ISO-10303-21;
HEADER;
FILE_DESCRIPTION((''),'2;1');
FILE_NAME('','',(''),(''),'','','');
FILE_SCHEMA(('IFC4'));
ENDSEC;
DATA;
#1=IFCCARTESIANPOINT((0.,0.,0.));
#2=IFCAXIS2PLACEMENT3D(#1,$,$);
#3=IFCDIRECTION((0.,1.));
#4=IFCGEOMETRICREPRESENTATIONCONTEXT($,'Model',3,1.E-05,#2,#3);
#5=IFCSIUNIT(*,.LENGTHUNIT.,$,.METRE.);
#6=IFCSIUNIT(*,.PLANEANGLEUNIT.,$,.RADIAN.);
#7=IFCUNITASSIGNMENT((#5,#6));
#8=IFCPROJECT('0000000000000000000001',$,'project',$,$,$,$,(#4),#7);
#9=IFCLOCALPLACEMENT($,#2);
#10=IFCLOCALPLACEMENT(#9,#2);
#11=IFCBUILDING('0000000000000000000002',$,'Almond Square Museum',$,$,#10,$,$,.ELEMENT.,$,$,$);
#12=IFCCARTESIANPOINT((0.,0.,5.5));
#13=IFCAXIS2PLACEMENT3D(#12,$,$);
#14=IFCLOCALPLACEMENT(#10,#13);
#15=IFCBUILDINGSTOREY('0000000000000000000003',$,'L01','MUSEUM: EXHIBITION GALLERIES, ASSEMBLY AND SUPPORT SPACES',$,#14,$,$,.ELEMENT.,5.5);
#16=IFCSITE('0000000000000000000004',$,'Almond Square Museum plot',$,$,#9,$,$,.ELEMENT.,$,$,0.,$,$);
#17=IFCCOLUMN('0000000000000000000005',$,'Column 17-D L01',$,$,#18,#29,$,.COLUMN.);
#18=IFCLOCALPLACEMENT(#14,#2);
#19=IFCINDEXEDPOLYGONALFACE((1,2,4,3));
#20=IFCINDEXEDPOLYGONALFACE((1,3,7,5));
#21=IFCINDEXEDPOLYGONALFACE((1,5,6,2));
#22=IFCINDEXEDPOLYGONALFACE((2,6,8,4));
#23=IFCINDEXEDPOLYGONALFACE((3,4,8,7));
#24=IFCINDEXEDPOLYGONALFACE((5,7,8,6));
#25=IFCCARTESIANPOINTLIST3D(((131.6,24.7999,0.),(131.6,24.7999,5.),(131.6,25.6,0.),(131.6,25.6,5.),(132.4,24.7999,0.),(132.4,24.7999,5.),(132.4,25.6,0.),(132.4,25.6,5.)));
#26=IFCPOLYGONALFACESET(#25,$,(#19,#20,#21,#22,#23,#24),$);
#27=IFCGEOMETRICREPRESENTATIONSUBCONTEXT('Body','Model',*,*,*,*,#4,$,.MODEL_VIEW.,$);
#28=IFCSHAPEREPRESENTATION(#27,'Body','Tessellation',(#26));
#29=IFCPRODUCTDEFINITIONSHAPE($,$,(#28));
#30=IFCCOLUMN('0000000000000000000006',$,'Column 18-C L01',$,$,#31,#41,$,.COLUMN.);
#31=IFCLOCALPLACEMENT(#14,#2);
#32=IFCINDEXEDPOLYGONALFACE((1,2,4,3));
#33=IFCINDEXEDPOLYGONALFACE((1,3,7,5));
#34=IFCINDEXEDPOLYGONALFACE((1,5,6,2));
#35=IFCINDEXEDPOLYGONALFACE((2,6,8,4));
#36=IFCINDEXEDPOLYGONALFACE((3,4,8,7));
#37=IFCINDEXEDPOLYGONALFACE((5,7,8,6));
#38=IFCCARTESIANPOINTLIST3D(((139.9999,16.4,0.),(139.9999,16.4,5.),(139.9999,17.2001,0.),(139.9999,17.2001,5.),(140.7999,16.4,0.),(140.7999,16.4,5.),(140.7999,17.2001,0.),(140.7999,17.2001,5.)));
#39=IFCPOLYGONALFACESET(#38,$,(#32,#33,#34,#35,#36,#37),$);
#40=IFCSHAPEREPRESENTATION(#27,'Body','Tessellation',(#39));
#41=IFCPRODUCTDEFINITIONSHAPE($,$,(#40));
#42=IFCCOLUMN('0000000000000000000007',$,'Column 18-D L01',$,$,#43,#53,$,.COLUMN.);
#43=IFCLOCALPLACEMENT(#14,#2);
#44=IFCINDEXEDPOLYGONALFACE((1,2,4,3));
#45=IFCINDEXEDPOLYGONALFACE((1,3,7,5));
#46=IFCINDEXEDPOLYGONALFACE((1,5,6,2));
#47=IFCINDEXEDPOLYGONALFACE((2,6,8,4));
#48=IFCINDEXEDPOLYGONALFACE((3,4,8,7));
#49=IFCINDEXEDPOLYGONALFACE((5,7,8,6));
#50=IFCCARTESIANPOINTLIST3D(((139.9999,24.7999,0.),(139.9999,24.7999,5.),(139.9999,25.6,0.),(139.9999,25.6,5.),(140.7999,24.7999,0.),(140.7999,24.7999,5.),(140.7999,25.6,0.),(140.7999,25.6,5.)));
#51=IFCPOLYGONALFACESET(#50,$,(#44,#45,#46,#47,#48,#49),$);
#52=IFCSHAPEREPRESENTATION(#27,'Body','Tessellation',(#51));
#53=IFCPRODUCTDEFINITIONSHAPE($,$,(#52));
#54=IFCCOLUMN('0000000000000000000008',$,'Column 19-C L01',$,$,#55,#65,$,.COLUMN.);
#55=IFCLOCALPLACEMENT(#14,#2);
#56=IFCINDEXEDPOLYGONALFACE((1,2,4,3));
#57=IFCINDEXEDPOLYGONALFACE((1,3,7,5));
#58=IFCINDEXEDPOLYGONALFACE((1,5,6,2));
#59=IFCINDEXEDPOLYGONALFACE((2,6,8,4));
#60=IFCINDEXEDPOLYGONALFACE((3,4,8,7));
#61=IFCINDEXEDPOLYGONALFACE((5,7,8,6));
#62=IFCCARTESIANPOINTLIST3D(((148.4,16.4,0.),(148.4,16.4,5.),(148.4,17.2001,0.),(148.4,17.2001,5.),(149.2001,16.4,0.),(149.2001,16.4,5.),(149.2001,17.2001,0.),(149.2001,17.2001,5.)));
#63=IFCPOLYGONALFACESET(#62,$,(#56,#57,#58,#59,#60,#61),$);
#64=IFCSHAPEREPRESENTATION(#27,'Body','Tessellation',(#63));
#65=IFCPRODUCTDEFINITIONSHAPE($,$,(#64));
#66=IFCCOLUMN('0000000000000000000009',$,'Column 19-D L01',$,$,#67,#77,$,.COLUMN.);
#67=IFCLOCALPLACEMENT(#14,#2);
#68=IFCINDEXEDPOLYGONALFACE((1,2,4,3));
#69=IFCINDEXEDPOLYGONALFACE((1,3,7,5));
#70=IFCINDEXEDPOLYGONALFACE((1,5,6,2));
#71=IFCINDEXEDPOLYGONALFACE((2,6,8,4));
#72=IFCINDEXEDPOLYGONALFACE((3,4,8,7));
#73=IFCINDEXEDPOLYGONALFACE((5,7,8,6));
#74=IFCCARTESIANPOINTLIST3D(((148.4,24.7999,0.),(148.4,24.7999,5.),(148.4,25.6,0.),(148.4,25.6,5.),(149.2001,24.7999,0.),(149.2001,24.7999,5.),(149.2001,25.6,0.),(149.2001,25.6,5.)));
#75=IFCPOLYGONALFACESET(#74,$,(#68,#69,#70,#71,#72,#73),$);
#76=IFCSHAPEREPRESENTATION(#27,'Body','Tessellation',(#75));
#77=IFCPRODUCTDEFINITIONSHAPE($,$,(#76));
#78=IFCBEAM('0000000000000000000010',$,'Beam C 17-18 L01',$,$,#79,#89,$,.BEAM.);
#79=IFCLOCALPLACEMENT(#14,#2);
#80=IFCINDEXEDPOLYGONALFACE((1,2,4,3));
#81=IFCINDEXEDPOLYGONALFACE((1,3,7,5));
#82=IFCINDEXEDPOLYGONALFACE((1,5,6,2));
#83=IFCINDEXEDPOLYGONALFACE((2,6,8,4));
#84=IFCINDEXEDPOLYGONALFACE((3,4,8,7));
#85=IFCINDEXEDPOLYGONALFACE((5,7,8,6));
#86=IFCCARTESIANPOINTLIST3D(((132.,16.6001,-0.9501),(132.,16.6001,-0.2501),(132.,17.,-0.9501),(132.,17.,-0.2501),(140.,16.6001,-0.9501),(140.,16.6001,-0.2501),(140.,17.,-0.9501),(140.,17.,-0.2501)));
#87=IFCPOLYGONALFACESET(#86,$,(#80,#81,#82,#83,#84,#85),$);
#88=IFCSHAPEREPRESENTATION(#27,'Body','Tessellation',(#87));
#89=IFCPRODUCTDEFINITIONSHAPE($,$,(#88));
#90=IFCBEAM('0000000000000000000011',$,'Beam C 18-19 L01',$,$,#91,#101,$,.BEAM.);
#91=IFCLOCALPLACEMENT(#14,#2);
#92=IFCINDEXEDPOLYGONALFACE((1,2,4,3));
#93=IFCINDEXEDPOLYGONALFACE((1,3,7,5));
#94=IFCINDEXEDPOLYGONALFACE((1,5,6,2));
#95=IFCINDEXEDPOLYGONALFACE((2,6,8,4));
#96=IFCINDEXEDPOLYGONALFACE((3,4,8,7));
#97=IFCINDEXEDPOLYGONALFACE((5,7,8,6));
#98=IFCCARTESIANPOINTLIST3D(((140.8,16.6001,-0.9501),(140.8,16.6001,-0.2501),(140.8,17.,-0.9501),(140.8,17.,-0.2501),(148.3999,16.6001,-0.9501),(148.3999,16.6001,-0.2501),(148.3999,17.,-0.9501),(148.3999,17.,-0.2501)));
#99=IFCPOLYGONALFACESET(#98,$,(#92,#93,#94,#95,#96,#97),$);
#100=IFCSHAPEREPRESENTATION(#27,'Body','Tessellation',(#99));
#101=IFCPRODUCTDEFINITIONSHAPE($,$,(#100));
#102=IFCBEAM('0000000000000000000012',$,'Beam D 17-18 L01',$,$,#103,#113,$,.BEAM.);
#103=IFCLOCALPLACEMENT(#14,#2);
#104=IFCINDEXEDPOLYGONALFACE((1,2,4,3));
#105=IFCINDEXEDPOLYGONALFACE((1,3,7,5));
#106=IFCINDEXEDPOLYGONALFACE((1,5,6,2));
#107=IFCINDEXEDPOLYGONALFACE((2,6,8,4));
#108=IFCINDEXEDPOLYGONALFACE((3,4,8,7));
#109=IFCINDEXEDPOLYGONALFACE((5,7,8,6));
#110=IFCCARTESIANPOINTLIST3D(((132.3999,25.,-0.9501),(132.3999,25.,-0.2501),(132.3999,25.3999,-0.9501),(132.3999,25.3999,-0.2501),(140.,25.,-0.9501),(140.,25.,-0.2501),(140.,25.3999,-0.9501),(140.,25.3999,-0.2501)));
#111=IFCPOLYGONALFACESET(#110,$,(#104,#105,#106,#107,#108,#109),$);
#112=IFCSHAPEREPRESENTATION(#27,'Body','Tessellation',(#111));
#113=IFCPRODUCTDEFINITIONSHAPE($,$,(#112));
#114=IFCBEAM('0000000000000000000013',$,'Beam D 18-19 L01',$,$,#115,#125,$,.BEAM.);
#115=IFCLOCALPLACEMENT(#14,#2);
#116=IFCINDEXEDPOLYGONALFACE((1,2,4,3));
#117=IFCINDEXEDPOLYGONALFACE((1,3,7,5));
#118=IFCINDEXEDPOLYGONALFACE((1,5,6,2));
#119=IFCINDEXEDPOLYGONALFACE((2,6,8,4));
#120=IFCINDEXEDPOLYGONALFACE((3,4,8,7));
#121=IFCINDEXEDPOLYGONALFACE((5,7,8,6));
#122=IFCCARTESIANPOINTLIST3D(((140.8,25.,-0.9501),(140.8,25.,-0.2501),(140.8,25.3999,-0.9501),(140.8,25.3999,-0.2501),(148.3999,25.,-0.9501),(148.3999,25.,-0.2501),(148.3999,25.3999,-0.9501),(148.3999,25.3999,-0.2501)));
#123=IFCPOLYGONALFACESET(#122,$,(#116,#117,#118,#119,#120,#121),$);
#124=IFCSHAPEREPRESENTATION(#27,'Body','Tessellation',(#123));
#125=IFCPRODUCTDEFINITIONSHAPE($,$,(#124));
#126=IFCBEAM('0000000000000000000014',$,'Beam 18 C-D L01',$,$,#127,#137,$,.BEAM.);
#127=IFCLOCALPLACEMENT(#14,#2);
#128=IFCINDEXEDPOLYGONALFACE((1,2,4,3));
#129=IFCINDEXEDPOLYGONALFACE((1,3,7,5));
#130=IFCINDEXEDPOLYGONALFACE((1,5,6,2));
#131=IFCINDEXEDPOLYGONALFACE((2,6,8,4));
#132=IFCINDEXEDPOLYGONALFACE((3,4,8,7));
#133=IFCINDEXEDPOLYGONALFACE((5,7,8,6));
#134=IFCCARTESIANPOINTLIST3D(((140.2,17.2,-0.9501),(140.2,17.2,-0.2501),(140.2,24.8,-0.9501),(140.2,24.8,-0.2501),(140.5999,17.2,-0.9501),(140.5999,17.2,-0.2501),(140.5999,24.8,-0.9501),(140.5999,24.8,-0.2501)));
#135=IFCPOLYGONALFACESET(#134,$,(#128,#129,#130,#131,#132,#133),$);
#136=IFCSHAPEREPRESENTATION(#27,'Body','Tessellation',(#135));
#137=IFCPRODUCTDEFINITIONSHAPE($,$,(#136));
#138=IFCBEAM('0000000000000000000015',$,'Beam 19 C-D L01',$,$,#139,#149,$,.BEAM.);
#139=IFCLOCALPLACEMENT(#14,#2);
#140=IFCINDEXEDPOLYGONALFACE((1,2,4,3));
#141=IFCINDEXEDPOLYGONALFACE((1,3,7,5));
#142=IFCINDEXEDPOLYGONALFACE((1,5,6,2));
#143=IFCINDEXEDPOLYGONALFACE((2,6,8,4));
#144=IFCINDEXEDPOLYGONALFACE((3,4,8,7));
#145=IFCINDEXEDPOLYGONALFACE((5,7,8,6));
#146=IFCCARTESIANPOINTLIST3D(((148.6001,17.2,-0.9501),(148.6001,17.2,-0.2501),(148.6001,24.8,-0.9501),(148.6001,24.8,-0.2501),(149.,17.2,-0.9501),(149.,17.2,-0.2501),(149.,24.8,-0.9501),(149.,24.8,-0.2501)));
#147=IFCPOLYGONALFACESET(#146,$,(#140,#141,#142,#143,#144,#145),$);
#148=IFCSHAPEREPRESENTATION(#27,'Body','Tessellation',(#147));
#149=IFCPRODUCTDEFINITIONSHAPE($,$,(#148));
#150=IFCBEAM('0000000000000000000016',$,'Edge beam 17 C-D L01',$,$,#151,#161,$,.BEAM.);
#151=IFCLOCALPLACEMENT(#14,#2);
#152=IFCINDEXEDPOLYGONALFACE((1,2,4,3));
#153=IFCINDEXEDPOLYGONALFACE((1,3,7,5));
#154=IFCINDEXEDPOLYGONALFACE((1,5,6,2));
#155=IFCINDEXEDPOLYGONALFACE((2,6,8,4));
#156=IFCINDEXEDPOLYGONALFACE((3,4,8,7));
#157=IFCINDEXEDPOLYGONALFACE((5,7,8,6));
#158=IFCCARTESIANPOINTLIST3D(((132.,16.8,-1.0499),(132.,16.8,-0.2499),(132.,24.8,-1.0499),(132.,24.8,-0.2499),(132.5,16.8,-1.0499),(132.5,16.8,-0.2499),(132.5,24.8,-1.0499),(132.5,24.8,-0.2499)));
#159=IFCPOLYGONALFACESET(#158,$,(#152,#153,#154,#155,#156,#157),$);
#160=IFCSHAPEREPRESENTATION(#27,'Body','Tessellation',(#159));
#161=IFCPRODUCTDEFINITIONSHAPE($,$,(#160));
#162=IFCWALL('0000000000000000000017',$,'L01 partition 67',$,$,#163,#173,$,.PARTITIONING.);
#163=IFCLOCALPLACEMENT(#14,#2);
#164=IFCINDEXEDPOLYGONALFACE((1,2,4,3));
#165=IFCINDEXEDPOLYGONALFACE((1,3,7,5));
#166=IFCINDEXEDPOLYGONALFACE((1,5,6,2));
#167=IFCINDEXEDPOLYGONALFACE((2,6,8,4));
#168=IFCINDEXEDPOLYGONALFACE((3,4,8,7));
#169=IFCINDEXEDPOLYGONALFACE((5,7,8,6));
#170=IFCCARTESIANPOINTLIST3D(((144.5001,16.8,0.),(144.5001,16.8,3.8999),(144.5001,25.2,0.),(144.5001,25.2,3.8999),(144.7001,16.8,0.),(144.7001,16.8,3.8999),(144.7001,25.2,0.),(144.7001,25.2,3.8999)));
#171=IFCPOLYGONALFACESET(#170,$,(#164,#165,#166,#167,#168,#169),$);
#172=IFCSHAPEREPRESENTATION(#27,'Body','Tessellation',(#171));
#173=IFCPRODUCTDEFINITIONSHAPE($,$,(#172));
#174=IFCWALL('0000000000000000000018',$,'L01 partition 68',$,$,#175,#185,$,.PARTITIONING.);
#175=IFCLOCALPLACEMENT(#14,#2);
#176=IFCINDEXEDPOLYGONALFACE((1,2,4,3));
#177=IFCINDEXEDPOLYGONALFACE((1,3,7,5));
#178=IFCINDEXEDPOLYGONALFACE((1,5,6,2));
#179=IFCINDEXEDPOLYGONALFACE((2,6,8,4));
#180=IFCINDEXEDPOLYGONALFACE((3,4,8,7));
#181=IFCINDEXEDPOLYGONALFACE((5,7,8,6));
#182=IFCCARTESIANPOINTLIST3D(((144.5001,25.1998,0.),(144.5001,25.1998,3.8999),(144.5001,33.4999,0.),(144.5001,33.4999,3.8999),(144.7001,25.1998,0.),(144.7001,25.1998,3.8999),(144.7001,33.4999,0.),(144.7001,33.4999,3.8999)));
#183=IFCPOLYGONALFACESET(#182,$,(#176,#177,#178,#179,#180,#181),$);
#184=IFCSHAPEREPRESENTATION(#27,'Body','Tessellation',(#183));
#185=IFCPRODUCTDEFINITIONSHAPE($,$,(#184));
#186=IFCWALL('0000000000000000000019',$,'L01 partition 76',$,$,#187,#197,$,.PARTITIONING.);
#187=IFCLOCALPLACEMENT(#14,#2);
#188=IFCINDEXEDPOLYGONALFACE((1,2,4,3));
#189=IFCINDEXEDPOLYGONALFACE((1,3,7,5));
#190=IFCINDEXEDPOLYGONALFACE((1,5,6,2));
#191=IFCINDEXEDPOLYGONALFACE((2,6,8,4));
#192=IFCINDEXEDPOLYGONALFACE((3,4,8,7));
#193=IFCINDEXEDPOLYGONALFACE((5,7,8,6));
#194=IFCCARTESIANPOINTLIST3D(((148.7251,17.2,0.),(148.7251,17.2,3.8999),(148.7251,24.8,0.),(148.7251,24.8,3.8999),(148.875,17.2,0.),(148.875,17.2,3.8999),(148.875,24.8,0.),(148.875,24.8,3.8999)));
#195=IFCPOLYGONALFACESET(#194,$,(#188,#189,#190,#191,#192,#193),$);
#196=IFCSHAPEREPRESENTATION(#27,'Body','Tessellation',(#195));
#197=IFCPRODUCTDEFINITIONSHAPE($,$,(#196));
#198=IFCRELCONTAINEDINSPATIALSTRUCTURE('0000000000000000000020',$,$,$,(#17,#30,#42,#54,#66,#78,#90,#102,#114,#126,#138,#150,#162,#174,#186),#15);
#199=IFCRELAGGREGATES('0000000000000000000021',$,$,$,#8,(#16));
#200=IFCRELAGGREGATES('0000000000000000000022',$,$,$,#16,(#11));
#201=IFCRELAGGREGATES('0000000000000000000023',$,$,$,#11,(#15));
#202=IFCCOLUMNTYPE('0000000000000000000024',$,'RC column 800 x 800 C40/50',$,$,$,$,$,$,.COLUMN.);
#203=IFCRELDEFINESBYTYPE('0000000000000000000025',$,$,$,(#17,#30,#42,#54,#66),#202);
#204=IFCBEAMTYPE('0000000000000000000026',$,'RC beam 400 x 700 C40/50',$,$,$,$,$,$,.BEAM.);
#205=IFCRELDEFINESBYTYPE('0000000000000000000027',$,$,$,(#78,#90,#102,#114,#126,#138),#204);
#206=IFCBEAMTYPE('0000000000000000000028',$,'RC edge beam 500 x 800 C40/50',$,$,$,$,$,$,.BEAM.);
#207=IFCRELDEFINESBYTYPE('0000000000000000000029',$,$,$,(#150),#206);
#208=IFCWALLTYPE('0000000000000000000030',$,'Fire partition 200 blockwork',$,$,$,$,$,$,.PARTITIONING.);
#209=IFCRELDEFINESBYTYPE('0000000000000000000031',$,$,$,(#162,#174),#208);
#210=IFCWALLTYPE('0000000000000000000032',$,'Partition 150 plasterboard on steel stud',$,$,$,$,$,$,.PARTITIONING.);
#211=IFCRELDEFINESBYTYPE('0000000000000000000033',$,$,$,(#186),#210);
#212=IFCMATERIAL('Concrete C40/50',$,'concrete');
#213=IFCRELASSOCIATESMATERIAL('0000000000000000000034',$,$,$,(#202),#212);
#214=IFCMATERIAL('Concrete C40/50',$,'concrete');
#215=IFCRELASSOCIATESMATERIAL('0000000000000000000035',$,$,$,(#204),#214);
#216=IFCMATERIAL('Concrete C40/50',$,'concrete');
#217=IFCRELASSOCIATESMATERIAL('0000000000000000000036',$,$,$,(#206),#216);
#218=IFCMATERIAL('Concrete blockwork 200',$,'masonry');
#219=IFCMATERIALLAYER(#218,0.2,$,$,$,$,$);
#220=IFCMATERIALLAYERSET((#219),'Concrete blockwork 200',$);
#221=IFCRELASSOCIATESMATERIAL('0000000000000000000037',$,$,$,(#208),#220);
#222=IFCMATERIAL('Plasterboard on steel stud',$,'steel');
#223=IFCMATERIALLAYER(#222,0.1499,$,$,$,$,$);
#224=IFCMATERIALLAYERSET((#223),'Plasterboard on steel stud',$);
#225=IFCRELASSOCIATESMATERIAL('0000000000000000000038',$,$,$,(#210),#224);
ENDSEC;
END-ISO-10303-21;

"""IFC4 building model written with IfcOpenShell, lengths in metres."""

from ifc_helpers import new_model, si_unit, direction, frame, frame_2d, origin, origin_2d, place, context, subcontext, project, spatial, rectangle, extrude, material, layer, layer_set, material_profile, profile_set, type_object, element, save


model = new_model("IFC4")

# Units and contexts
model_context = context("Model", 3, precision=1e-05, world=origin(), true_north=direction((0.0, 1.0)))
body_context = subcontext(model_context, "Body", "Model", "MODEL_VIEW")
ifc_project = project(units=[si_unit("LENGTHUNIT", "METRE"), si_unit("PLANEANGLEUNIT", "RADIAN")], contexts=[model_context])

# Site, building, storey
site_placement = place(None, origin())
site = spatial("IfcSite", under=ifc_project, at=site_placement, Name="Almond Square Museum plot", CompositionType="ELEMENT", RefElevation=0.0)
building_placement = place(site_placement, origin())
building = spatial("IfcBuilding", under=site, at=building_placement, Name="Almond Square Museum", CompositionType="ELEMENT")
storey_placement = place(building_placement, frame((0.0, 0.0, 5.5)))
storey = spatial("IfcBuildingStorey", under=building, at=storey_placement, Name="L01", Description="MUSEUM: EXHIBITION GALLERIES, ASSEMBLY AND SUPPORT SPACES", CompositionType="ELEMENT", Elevation=5.5)

# Columns
ifc_material_1 = material(Name="Concrete C40/50", Category="concrete")
ifc_material_profile_1 = material_profile(ifc_material_1, rectangle(XDim=0.8, YDim=0.8, at=origin_2d()))
ifc_profile_set_1 = profile_set([ifc_material_profile_1], Name="Concrete C40/50")
column_type = type_object("IfcColumnType", Name="RC column 800 x 800 C40/50", PredefinedType="COLUMN", material=ifc_profile_set_1)
for number, where, z_axis, x_axis, name in (
    (1, (132.0, 25.2, 0.0), (0.0, 0.0, 1.0), (1.0, 0.0, 0.0), "Column 17-D L01"),
    (2, (140.3999, 16.8, 0.0), (0.0, 0.0, 1.0), (1.0, 0.0, 0.0), "Column 18-C L01"),
    (3, (140.3999, 25.2, 0.0), (0.0, 0.0, 1.0), (1.0, 0.0, 0.0), "Column 18-D L01"),
    (4, (148.8, 16.8, 0.0), (0.0, 0.0, 1.0), (1.0, 0.0, 0.0), "Column 19-C L01"),
    (5, (148.8, 25.2, 0.0), (0.0, 0.0, 1.0), (1.0, 0.0, 0.0), "Column 19-D L01"),
):
    element("IfcColumn", number, at=place(storey_placement, frame(where, z_axis=z_axis, x_axis=x_axis)), inside=storey, type_object=column_type, Name=name, PredefinedType="COLUMN", context=body_context, shape_type="SweptSolid", body=[
        extrude(rectangle(XDim=0.8, YDim=0.8, at=origin_2d()), origin(), (0.0, 0.0, 1.0), 5.0),
    ])

# Beams
ifc_material_2 = material(Name="Concrete C40/50", Category="concrete")
ifc_material_profile_2 = material_profile(ifc_material_2, rectangle(XDim=0.3999, YDim=0.7, at=origin_2d()))
ifc_profile_set_2 = profile_set([ifc_material_profile_2], Name="Concrete C40/50")
beam_type_1 = type_object("IfcBeamType", Name="RC beam 400 x 700 C40/50", PredefinedType="BEAM", material=ifc_profile_set_2)
beam_1_placement = place(storey_placement, frame((132.0, 16.8, -0.6001), z_axis=(1.0, 0.0, 0.0), x_axis=(0.0, 1.0, 0.0)))
element("IfcBeam", 6, at=beam_1_placement, inside=storey, type_object=beam_type_1, Name="Beam C 17-18 L01", PredefinedType="BEAM", context=body_context, shape_type="SweptSolid", body=[
    extrude(rectangle(XDim=0.3999, YDim=0.7, at=origin_2d()), origin(), (0.0, 0.0, 1.0), 8.0),
])
beam_2_placement = place(storey_placement, frame((140.8, 16.8, -0.6001), z_axis=(1.0, 0.0, 0.0), x_axis=(0.0, 1.0, 0.0)))
element("IfcBeam", 7, at=beam_2_placement, inside=storey, type_object=beam_type_1, Name="Beam C 18-19 L01", PredefinedType="BEAM", context=body_context, shape_type="SweptSolid", body=[
    extrude(rectangle(XDim=0.3999, YDim=0.7, at=origin_2d()), origin(), (0.0, 0.0, 1.0), 7.5999),
])
beam_3_placement = place(storey_placement, frame((132.3999, 25.2, -0.6001), z_axis=(1.0, 0.0, 0.0), x_axis=(0.0, 1.0, 0.0)))
element("IfcBeam", 8, at=beam_3_placement, inside=storey, type_object=beam_type_1, Name="Beam D 17-18 L01", PredefinedType="BEAM", context=body_context, shape_type="SweptSolid", body=[
    extrude(rectangle(XDim=0.3999, YDim=0.7, at=origin_2d()), origin(), (0.0, 0.0, 1.0), 7.6001),
])
beam_4_placement = place(storey_placement, frame((140.8, 25.2, -0.6001), z_axis=(1.0, 0.0, 0.0), x_axis=(0.0, 1.0, 0.0)))
element("IfcBeam", 9, at=beam_4_placement, inside=storey, type_object=beam_type_1, Name="Beam D 18-19 L01", PredefinedType="BEAM", context=body_context, shape_type="SweptSolid", body=[
    extrude(rectangle(XDim=0.3999, YDim=0.7, at=origin_2d()), origin(), (0.0, 0.0, 1.0), 7.5999),
])
for number, where, z_axis, x_axis, name in (
    (10, (140.3999, 17.2, -0.6001), (0.0, 1.0, 0.0), (-1.0, 0.0, 0.0), "Beam 18 C-D L01"),
    (11, (148.8, 17.2, -0.6001), (0.0, 1.0, 0.0), (-1.0, 0.0, 0.0), "Beam 19 C-D L01"),
):
    element("IfcBeam", number, at=place(storey_placement, frame(where, z_axis=z_axis, x_axis=x_axis)), inside=storey, type_object=beam_type_1, Name=name, PredefinedType="BEAM", context=body_context, shape_type="SweptSolid", body=[
        extrude(rectangle(XDim=0.3999, YDim=0.7, at=origin_2d()), origin(), (0.0, 0.0, 1.0), 7.6001),
    ])
ifc_material_3 = material(Name="Concrete C40/50", Category="concrete")
ifc_material_profile_3 = material_profile(ifc_material_3, rectangle(XDim=0.5, YDim=0.8, at=origin_2d()))
ifc_profile_set_3 = profile_set([ifc_material_profile_3], Name="Concrete C40/50")
beam_type_2 = type_object("IfcBeamType", Name="RC edge beam 500 x 800 C40/50", PredefinedType="BEAM", material=ifc_profile_set_3)
beam_5_placement = place(storey_placement, frame((132.25, 16.8, -0.6499), z_axis=(0.0, 1.0, 0.0), x_axis=(-1.0, 0.0, 0.0)))
element("IfcBeam", 12, at=beam_5_placement, inside=storey, type_object=beam_type_2, Name="Edge beam 17 C-D L01", PredefinedType="BEAM", context=body_context, shape_type="SweptSolid", body=[
    extrude(rectangle(XDim=0.5, YDim=0.8, at=origin_2d()), origin(), (0.0, 0.0, 1.0), 8.0),
])

# Walls
ifc_material_4 = material(Name="Concrete blockwork 200", Category="masonry")
ifc_layer_1 = layer(ifc_material_4, 0.2)
ifc_layer_set_1 = layer_set([ifc_layer_1], Name="Concrete blockwork 200")
wall_type_1 = type_object("IfcWallType", Name="Fire partition 200 blockwork", PredefinedType="PARTITIONING", material=ifc_layer_set_1)
wall_1_placement = place(storey_placement, frame((144.6001, 16.8, 0.0), z_axis=(0.0, 0.0, 1.0), x_axis=(0.0, 1.0, 0.0)))
element("IfcWall", 13, at=wall_1_placement, inside=storey, type_object=wall_type_1, Name="L01 partition 67", PredefinedType="PARTITIONING", context=body_context, shape_type="SweptSolid", body=[
    extrude(rectangle(XDim=8.3999, YDim=0.2, at=frame_2d((4.2, 0.0))), origin(), (0.0, 0.0, 1.0), 3.8999),
])
wall_2_placement = place(storey_placement, frame((144.6001, 25.2, 0.0), z_axis=(0.0, 0.0, 1.0), x_axis=(0.0, 1.0, 0.0)))
element("IfcWall", 14, at=wall_2_placement, inside=storey, type_object=wall_type_1, Name="L01 partition 68", PredefinedType="PARTITIONING", context=body_context, shape_type="SweptSolid", body=[
    extrude(rectangle(XDim=8.3, YDim=0.2, at=frame_2d((4.1499, 0.0))), origin(), (0.0, 0.0, 1.0), 3.8999),
])
ifc_material_5 = material(Name="Plasterboard on steel stud", Category="steel")
ifc_layer_2 = layer(ifc_material_5, 0.1499)
ifc_layer_set_2 = layer_set([ifc_layer_2], Name="Plasterboard on steel stud")
wall_type_2 = type_object("IfcWallType", Name="Partition 150 plasterboard on steel stud", PredefinedType="PARTITIONING", material=ifc_layer_set_2)
wall_3_placement = place(storey_placement, frame((148.8, 17.2, 0.0), z_axis=(0.0, 0.0, 1.0), x_axis=(0.0, 1.0, 0.0)))
element("IfcWall", 15, at=wall_3_placement, inside=storey, type_object=wall_type_2, Name="L01 partition 76", PredefinedType="PARTITIONING", context=body_context, shape_type="SweptSolid", body=[
    extrude(rectangle(XDim=7.6001, YDim=0.1499, at=frame_2d((3.8, 0.0))), origin(), (0.0, 0.0, 1.0), 3.8999),
])

save(model, "model.ifc")
